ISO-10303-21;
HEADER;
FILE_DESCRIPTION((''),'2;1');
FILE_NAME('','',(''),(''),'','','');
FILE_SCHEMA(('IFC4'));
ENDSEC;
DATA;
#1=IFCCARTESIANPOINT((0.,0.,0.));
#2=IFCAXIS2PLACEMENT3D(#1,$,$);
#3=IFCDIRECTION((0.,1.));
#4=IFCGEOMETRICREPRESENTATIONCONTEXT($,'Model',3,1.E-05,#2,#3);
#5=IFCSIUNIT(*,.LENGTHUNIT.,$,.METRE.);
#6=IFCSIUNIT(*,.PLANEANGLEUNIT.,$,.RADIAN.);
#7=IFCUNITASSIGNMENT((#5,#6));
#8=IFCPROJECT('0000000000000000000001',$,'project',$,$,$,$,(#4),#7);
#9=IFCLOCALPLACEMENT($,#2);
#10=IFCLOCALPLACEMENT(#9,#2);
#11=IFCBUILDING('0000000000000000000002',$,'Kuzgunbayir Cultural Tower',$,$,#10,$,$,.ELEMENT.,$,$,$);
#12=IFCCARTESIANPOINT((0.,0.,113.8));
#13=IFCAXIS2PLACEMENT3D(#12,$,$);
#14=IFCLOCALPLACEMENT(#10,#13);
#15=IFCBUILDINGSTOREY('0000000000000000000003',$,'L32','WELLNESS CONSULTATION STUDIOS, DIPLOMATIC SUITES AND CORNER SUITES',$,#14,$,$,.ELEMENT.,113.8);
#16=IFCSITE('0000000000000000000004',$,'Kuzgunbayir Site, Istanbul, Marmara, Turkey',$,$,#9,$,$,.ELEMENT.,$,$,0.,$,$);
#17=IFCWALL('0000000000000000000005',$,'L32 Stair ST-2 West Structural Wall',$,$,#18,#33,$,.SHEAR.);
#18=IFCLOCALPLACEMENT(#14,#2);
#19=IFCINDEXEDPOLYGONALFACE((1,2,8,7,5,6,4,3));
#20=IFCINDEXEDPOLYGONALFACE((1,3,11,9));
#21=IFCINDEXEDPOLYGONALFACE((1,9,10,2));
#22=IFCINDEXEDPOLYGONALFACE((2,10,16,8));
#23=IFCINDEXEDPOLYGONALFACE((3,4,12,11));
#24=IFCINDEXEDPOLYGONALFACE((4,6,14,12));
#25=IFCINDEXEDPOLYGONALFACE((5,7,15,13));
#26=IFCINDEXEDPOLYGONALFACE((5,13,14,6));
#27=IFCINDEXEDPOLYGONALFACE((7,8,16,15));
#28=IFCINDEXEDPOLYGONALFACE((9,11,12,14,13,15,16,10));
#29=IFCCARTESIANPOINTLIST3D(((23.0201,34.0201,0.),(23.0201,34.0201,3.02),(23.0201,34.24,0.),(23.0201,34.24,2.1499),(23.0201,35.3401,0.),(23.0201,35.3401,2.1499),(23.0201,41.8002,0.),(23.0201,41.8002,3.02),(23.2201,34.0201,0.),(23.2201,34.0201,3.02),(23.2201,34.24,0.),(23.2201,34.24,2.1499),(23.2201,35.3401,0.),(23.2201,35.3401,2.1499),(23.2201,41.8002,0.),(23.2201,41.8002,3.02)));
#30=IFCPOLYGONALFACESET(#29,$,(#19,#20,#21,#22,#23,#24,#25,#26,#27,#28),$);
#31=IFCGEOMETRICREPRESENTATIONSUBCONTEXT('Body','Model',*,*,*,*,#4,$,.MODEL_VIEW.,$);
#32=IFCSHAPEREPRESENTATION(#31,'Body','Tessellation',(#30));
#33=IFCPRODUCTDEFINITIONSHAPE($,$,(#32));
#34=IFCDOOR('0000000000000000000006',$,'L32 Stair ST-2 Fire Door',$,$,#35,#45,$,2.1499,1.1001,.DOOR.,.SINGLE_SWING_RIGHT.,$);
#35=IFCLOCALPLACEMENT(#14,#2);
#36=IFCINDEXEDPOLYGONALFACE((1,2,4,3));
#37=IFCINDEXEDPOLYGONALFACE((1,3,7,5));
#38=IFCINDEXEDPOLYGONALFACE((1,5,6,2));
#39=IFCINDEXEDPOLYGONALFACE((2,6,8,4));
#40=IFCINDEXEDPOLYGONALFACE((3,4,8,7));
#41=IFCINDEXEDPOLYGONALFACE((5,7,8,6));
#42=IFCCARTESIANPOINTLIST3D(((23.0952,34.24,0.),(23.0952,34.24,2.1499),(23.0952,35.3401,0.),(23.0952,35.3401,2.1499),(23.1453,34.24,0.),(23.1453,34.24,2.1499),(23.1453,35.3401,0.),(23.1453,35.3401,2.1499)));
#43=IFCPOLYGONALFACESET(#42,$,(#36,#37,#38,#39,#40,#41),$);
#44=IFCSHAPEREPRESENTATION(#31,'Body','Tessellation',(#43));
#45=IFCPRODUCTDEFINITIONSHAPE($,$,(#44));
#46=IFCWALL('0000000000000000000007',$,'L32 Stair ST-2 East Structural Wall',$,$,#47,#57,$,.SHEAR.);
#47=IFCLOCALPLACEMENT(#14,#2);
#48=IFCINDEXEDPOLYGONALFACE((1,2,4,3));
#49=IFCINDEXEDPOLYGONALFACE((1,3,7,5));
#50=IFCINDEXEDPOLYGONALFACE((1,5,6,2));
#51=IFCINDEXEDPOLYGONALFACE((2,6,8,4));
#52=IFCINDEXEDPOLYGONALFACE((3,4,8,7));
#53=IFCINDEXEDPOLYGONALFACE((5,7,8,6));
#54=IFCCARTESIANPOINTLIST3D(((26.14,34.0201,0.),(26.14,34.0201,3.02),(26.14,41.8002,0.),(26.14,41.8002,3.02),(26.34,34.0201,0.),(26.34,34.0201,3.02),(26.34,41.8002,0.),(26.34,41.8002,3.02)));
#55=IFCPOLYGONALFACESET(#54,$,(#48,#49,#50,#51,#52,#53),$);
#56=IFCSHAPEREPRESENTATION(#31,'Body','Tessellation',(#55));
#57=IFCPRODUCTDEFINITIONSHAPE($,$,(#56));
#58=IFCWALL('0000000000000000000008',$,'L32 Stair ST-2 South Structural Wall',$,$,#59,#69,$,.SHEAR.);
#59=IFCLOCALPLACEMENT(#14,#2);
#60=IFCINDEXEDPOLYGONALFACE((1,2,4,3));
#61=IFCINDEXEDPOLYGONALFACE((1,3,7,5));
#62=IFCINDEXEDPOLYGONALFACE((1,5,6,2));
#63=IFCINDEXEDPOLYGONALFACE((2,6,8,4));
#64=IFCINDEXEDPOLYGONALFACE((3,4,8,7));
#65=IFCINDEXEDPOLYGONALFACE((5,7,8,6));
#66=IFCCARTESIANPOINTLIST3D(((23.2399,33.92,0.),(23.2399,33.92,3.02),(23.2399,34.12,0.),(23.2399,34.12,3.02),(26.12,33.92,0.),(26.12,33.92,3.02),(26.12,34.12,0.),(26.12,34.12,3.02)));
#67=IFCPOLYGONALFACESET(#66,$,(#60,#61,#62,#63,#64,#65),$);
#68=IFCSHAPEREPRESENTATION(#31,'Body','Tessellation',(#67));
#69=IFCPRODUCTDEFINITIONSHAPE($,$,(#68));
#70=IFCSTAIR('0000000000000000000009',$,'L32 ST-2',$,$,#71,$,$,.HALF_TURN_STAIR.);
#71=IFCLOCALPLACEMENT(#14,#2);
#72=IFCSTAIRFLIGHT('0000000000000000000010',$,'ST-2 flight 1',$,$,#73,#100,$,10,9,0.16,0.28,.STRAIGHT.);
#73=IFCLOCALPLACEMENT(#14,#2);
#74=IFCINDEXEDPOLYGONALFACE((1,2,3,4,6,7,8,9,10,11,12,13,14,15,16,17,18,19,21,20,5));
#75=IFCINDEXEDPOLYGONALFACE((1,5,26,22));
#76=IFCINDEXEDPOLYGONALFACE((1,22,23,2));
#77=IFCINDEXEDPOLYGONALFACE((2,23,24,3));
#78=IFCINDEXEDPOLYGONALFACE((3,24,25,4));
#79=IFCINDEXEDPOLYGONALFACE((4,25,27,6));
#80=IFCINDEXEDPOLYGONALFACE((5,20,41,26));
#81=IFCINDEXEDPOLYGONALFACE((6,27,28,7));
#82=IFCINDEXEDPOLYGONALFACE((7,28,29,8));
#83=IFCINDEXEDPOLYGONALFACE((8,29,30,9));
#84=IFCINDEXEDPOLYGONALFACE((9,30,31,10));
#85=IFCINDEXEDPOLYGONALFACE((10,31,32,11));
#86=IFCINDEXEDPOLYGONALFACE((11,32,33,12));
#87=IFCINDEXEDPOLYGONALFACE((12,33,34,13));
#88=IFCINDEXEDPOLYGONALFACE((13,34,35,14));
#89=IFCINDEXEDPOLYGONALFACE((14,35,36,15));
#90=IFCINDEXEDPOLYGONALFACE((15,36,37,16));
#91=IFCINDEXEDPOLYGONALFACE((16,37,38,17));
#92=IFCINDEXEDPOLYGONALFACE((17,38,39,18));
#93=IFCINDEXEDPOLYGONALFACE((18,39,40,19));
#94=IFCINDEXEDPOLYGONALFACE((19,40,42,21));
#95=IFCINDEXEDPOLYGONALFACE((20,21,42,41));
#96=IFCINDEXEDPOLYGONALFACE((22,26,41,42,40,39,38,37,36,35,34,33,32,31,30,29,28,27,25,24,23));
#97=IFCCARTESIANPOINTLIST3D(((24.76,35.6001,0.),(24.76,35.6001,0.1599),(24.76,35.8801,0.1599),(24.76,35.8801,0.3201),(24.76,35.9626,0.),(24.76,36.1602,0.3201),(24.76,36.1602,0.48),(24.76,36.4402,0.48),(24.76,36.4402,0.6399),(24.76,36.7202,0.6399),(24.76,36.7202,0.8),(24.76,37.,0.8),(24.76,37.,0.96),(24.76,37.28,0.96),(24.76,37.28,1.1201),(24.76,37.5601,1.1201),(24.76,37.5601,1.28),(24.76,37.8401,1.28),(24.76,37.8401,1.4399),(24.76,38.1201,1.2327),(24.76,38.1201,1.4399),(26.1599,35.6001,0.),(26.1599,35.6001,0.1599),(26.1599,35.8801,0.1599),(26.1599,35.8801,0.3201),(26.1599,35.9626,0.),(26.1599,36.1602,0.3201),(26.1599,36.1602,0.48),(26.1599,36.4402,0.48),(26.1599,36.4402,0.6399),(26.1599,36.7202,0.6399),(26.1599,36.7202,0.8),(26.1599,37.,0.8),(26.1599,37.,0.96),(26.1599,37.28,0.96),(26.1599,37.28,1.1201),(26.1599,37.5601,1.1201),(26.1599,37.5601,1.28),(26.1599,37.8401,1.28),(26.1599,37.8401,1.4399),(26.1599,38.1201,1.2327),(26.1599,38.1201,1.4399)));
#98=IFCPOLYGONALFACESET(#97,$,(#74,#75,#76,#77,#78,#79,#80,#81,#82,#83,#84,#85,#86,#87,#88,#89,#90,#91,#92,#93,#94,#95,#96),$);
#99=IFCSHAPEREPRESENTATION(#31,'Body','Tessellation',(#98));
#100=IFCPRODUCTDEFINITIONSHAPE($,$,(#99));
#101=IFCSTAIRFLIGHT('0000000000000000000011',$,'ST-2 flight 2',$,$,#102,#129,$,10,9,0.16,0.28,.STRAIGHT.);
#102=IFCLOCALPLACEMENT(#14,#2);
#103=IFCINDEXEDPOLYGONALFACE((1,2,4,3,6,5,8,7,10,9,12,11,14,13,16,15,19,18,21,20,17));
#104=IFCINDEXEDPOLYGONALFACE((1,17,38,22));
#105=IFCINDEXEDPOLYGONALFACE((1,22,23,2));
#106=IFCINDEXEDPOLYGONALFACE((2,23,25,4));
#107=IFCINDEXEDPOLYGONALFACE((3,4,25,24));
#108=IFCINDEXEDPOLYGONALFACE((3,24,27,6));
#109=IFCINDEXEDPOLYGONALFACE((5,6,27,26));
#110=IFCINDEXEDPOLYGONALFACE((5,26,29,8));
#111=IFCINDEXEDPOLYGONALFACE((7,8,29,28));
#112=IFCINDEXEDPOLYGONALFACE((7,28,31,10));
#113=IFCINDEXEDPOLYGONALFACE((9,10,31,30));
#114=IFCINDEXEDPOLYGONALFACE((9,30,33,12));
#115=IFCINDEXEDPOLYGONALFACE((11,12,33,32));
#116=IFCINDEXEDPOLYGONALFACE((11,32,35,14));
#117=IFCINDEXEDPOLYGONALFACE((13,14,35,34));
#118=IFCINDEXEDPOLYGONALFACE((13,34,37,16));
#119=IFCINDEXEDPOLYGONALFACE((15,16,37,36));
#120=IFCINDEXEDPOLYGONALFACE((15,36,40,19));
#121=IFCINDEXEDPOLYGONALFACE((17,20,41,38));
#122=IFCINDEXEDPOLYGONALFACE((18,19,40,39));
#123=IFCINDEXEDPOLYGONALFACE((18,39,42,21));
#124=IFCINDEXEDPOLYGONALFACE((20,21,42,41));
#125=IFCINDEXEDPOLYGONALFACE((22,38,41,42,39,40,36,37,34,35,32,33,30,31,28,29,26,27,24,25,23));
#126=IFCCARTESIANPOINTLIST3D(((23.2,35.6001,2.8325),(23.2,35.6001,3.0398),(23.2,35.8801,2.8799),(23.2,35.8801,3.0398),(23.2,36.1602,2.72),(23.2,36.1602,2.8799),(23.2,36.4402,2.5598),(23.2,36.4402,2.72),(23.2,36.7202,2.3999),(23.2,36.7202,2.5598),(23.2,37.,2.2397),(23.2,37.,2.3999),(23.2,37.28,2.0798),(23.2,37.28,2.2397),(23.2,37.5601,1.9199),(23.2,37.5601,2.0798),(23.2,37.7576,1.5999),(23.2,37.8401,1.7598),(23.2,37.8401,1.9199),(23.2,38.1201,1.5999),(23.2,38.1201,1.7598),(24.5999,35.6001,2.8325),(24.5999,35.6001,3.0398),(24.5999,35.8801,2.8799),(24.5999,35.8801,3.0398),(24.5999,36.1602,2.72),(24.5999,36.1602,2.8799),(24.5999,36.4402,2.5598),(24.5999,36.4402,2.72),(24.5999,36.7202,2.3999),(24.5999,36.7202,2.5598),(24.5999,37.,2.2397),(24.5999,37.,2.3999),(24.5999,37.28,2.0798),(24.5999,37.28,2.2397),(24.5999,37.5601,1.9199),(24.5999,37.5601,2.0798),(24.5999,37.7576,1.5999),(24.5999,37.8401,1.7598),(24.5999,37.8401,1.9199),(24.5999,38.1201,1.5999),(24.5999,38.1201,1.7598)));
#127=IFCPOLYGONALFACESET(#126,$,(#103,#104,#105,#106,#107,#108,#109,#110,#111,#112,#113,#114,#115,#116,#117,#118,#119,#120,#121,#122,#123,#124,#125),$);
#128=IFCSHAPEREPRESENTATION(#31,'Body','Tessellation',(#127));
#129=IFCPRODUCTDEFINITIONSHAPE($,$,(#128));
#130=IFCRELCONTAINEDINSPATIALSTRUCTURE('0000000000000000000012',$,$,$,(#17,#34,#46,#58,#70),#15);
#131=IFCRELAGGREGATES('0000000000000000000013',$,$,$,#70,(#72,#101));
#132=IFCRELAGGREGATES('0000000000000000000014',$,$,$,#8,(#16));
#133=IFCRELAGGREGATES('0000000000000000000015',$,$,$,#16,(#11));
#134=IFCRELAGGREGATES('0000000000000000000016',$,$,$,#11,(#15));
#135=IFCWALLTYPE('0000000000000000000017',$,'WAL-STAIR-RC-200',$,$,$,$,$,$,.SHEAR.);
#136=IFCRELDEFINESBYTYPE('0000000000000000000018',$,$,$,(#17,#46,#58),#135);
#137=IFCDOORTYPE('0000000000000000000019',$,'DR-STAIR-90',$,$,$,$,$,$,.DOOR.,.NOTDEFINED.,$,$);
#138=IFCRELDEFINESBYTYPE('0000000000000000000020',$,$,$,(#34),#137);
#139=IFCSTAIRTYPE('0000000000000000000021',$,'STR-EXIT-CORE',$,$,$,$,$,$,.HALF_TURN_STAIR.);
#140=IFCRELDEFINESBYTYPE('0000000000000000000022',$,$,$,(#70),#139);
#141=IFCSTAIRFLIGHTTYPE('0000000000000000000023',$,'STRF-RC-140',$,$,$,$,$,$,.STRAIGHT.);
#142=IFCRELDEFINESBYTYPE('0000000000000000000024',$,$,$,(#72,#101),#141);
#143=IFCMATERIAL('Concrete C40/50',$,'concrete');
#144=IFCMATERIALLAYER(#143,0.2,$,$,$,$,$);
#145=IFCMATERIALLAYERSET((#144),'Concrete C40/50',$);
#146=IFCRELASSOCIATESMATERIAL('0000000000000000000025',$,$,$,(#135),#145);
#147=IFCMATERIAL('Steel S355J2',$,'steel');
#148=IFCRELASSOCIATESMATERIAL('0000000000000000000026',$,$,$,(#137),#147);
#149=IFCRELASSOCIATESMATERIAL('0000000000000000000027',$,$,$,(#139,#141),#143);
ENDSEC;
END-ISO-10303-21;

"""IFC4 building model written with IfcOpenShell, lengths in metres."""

from ifc_helpers import new_model, si_unit, direction, frame, frame_2d, origin, place, context, subcontext, project, spatial, polyline, rectangle, outline, extrude, material, layer, layer_set, type_object, element, fill, aggregate, save


model = new_model("IFC4")

# Units and contexts
model_context = context("Model", 3, precision=1e-05, world=origin(), true_north=direction((0.0, 1.0)))
body_context = subcontext(model_context, "Body", "Model", "MODEL_VIEW")
ifc_project = project(units=[si_unit("LENGTHUNIT", "METRE"), si_unit("PLANEANGLEUNIT", "RADIAN")], contexts=[model_context])

# Site, building, storey
site_placement = place(None, origin())
site = spatial("IfcSite", under=ifc_project, at=site_placement, Name="Kuzgunbayir Site, Istanbul, Marmara, Turkey", CompositionType="ELEMENT", RefElevation=0.0)
building_placement = place(site_placement, origin())
building = spatial("IfcBuilding", under=site, at=building_placement, Name="Kuzgunbayir Cultural Tower", CompositionType="ELEMENT")
storey_placement = place(building_placement, frame((0.0, 0.0, 113.8)))
storey = spatial("IfcBuildingStorey", under=building, at=storey_placement, Name="L32", Description="WELLNESS CONSULTATION STUDIOS, DIPLOMATIC SUITES AND CORNER SUITES", CompositionType="ELEMENT", Elevation=113.8)

# Shared definitions
ifc_material_1 = material(Name="Steel S355J2", Category="steel")

# Shared definitions
ifc_material_2 = material(Name="Concrete C40/50", Category="concrete")

# Wall, opening, door
ifc_layer_1 = layer(ifc_material_2, 0.2)
ifc_layer_set_1 = layer_set([ifc_layer_1], Name="Concrete C40/50")
wall_type_1 = type_object("IfcWallType", Name="WAL-STAIR-RC-200", PredefinedType="SHEAR", material=ifc_layer_set_1)
wall_1_placement = place(storey_placement, frame((23.1201, 34.02, 0.0), z_axis=(0.0, 0.0, 1.0), x_axis=(0.0, 1.0, 0.0)))
wall_1 = element("IfcWall", 1, at=wall_1_placement, inside=storey, type_object=wall_type_1, Name="L32 Stair ST-2 West Structural Wall", PredefinedType="SHEAR", context=body_context, shape_type="SweptSolid", body=[
    extrude(rectangle(XDim=7.78, YDim=0.2, at=frame_2d((3.8901, 0.0))), origin(), (0.0, 0.0, 1.0), 3.02),
])
opening_1_placement = place(wall_1_placement, frame((0.22, 0.0, 0.0)))
opening_1 = element("IfcOpeningElement", 2, at=opening_1_placement, cuts=wall_1, PredefinedType="OPENING", context=body_context, shape_type="SweptSolid", body=[
    extrude(rectangle(XDim=1.1001, YDim=2.1499, at=frame_2d((0.55, 1.075))), frame((0.0, 0.1099, 0.0), z_axis=(0.0, -1.0, 0.0), x_axis=(1.0, 0.0, 0.0)), (0.0, 0.0, 1.0), 0.22),
])
door_type_1 = type_object("IfcDoorType", Name="DR-STAIR-90", OperationType="NOTDEFINED", PredefinedType="DOOR", material=ifc_material_1)
door_1_placement = place(opening_1_placement, origin())
door_1 = element("IfcDoor", 3, at=door_1_placement, inside=storey, type_object=door_type_1, Name="L32 Stair ST-2 Fire Door", OperationType="SINGLE_SWING_RIGHT", OverallHeight=2.1499, OverallWidth=1.1001, PredefinedType="DOOR", context=body_context, shape_type="SweptSolid", body=[
    extrude(rectangle(XDim=1.1001, YDim=2.1499, at=frame_2d((0.55, 1.075))), frame((0.0, 0.0249, 0.0), z_axis=(0.0, -1.0, 0.0), x_axis=(1.0, 0.0, 0.0)), (0.0, 0.0, 1.0), 0.05),
])
fill(opening_1, door_1)

# Walls
wall_2_placement = place(storey_placement, frame((26.24, 34.02, 0.0), z_axis=(0.0, 0.0, 1.0), x_axis=(0.0, 1.0, 0.0)))
element("IfcWall", 4, at=wall_2_placement, inside=storey, type_object=wall_type_1, Name="L32 Stair ST-2 East Structural Wall", PredefinedType="SHEAR", context=body_context, shape_type="SweptSolid", body=[
    extrude(rectangle(XDim=7.78, YDim=0.2, at=frame_2d((3.8901, 0.0))), origin(), (0.0, 0.0, 1.0), 3.02),
])
wall_3_placement = place(storey_placement, frame((23.24, 34.02, 0.0), z_axis=(0.0, 0.0, 1.0), x_axis=(1.0, 0.0, 0.0)))
element("IfcWall", 5, at=wall_3_placement, inside=storey, type_object=wall_type_1, Name="L32 Stair ST-2 South Structural Wall", PredefinedType="SHEAR", context=body_context, shape_type="SweptSolid", body=[
    extrude(rectangle(XDim=2.8801, YDim=0.2, at=frame_2d((1.4399, 0.0))), origin(), (0.0, 0.0, 1.0), 3.02),
])

# Stair, stair flights
stair_type = type_object("IfcStairType", Name="STR-EXIT-CORE", PredefinedType="HALF_TURN_STAIR", material=ifc_material_2)
stair_placement = place(storey_placement, origin())
stair = element("IfcStair", 6, at=stair_placement, inside=storey, type_object=stair_type, Name="L32 ST-2", PredefinedType="HALF_TURN_STAIR")
stair_flight_type = type_object("IfcStairFlightType", Name="STRF-RC-140", PredefinedType="STRAIGHT", material=ifc_material_2)
stair_flight_1_placement = place(storey_placement, frame((25.46, 35.6001, 0.0), z_axis=(0.0, 0.0, 1.0), x_axis=(0.0, 1.0, 0.0)))
stair_flight_1 = element("IfcStairFlight", 7, at=stair_flight_1_placement, type_object=stair_flight_type, Name="ST-2 flight 1", NumberOfRisers=10, NumberOfTreads=9, PredefinedType="STRAIGHT", RiserHeight=0.16, TreadLength=0.28, context=body_context, shape_type="SweptSolid", body=[
    extrude(outline(polyline([(0.0, 0.0), (0.0, 0.1599), (0.28, 0.1599), (0.28, 0.3201), (0.5601, 0.3201), (0.5601, 0.48), (0.8401, 0.48), (0.8401, 0.6399), (1.1201, 0.6399), (1.1201, 0.8), (1.3999, 0.8), (1.3999, 0.96), (1.6799, 0.96), (1.6799, 1.1201), (1.96, 1.1201), (1.96, 1.28), (2.24, 1.28), (2.24, 1.4399), (2.52, 1.4399), (2.52, 1.6001), (2.52, 1.2327), (0.3625, 0.0), (0.0, 0.0)])), frame((0.0, 0.7, 0.0), z_axis=(0.0, -1.0, 0.0), x_axis=(1.0, 0.0, 0.0)), (0.0, 0.0, 1.0), 1.3999),
])
stair_flight_2_placement = place(storey_placement, frame((23.8999, 38.1201, 1.5999), z_axis=(0.0, 0.0, 1.0), x_axis=(0.0, -1.0, 0.0)))
stair_flight_2 = element("IfcStairFlight", 8, at=stair_flight_2_placement, type_object=stair_flight_type, Name="ST-2 flight 2", NumberOfRisers=10, NumberOfTreads=9, PredefinedType="STRAIGHT", RiserHeight=0.16, TreadLength=0.28, context=body_context, shape_type="SweptSolid", body=[
    extrude(outline(polyline([(0.0, 0.0), (0.0, 0.1599), (0.28, 0.1599), (0.28, 0.3201), (0.5601, 0.3201), (0.5601, 0.48), (0.8401, 0.48), (0.8401, 0.6399), (1.1201, 0.6399), (1.1201, 0.8), (1.3999, 0.8), (1.3999, 0.96), (1.6799, 0.96), (1.6799, 1.1201), (1.96, 1.1201), (1.96, 1.28), (2.24, 1.28), (2.24, 1.4399), (2.52, 1.4399), (2.52, 1.6001), (2.52, 1.2327), (0.3625, 0.0), (0.0, 0.0)])), frame((0.0, 0.7, 0.0), z_axis=(0.0, -1.0, 0.0), x_axis=(1.0, 0.0, 0.0)), (0.0, 0.0, 1.0), 1.3999),
])
aggregate(stair, [stair_flight_1, stair_flight_2])

save(model, "model.ifc")
